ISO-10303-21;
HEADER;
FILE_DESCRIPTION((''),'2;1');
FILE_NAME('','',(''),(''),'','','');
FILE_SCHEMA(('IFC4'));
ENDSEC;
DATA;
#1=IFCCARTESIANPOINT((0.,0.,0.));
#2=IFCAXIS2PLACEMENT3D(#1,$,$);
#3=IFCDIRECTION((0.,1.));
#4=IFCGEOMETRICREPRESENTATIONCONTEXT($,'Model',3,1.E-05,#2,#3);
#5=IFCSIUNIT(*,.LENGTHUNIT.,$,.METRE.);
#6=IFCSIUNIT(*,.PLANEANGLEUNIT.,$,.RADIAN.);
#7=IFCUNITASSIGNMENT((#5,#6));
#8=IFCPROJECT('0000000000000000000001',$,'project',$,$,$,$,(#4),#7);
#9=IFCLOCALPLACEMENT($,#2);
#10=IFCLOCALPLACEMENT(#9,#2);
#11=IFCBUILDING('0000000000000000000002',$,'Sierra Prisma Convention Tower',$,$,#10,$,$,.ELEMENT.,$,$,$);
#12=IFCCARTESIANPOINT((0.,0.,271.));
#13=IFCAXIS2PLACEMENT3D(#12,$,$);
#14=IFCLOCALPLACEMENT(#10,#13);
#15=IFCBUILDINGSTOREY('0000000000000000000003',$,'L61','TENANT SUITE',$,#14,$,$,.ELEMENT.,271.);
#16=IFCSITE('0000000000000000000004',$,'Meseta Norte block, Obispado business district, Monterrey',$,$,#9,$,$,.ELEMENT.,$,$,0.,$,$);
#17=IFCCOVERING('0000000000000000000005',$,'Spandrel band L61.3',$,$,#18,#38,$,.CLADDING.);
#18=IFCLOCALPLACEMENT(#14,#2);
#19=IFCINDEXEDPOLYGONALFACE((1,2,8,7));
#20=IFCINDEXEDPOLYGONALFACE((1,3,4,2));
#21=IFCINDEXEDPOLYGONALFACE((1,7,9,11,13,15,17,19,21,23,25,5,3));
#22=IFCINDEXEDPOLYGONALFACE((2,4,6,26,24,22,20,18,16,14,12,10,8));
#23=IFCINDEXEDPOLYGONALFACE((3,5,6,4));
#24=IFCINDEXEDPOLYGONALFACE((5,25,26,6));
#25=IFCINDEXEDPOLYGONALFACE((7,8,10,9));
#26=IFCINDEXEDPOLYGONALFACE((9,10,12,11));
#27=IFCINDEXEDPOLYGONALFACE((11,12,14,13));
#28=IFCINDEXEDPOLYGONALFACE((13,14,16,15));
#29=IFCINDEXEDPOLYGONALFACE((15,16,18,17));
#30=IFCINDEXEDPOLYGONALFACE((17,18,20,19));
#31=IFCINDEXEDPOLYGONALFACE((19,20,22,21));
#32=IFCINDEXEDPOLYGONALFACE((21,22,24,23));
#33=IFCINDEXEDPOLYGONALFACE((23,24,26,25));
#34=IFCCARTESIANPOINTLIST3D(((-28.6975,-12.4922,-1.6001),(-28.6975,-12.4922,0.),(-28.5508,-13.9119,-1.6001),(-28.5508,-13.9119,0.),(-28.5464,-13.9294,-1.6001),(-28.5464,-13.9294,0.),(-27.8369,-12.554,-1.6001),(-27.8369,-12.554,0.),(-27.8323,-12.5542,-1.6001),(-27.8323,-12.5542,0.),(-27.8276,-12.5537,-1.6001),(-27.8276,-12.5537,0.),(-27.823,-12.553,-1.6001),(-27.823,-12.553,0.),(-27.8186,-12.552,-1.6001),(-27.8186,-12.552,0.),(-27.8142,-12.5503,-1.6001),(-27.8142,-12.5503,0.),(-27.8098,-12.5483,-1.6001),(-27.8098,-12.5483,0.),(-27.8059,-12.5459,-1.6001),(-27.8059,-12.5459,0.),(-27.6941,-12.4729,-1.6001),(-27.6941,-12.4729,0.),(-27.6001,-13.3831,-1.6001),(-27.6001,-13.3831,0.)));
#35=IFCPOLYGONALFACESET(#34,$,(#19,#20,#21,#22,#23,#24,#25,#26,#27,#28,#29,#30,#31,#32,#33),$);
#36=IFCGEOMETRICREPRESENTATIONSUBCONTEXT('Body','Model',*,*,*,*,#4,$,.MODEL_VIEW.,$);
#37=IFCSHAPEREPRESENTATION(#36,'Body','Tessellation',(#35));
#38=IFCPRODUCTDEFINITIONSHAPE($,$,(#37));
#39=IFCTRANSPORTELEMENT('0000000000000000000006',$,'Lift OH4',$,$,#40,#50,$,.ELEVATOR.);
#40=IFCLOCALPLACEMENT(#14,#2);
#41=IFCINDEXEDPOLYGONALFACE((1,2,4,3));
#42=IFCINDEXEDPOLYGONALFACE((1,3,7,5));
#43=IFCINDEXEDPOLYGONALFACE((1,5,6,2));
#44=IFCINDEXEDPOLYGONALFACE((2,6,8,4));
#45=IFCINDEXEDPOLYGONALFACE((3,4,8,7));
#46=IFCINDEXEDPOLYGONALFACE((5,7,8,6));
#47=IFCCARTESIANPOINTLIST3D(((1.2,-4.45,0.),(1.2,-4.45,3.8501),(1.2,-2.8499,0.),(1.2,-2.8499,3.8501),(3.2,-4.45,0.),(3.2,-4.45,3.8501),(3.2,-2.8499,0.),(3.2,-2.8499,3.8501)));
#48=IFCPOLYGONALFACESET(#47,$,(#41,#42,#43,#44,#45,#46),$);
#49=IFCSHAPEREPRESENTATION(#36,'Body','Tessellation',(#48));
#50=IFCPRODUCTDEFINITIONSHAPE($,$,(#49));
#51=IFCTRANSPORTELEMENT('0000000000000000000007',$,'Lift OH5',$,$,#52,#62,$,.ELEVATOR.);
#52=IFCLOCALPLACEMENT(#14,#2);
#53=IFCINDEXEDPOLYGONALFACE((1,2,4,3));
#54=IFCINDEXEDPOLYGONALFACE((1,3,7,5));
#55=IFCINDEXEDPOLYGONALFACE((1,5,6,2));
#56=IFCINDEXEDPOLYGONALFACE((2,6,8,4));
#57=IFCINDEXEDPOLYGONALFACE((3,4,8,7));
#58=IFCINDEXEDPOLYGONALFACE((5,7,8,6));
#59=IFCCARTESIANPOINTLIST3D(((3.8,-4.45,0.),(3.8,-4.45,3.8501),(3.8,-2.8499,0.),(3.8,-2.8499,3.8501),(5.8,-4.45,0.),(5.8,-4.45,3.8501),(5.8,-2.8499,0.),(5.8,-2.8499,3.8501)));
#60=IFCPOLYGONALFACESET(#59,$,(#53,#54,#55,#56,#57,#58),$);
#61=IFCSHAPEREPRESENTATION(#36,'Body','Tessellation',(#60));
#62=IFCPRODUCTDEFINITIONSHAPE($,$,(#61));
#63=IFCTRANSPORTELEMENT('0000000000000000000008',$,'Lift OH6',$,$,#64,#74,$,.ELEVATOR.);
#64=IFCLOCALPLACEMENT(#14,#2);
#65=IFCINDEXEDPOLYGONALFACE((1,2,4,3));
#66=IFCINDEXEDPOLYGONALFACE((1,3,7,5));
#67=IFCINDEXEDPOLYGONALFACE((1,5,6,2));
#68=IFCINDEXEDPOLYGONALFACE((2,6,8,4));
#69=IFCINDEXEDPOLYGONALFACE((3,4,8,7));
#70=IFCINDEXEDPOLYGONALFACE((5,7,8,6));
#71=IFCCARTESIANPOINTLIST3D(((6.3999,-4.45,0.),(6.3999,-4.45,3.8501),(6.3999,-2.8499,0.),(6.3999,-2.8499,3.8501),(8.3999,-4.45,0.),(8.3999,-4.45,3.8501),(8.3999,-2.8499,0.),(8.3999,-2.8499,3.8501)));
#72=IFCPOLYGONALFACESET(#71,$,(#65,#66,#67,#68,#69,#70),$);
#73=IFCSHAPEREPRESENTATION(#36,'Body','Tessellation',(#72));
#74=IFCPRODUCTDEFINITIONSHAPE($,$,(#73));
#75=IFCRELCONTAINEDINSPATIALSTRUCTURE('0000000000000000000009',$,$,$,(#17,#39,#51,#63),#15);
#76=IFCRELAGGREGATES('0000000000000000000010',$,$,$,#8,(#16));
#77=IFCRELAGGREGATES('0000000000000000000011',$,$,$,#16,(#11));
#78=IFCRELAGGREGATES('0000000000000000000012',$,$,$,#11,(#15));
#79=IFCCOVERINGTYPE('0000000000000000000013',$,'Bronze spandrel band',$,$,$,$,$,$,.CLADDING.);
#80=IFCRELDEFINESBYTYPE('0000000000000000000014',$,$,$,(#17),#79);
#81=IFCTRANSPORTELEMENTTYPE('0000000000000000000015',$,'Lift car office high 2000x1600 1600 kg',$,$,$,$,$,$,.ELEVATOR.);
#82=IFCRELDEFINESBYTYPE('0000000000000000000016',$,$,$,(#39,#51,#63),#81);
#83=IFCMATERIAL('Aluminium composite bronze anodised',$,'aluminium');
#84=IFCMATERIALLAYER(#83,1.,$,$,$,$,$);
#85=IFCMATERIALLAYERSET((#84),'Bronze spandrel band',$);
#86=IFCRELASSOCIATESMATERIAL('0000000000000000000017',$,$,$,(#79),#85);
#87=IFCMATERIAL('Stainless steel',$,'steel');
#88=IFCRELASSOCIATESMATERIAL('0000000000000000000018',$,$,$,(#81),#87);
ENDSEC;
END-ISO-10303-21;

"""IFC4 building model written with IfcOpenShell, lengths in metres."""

from ifc_helpers import new_model, si_unit, direction, frame, origin, origin_2d, place, context, subcontext, project, spatial, polyline, rectangle, outline, extrude, material, layer, layer_set, type_object, element, save


model = new_model("IFC4")

# Units and contexts
model_context = context("Model", 3, precision=1e-05, world=origin(), true_north=direction((0.0, 1.0)))
body_context = subcontext(model_context, "Body", "Model", "MODEL_VIEW")
ifc_project = project(units=[si_unit("LENGTHUNIT", "METRE"), si_unit("PLANEANGLEUNIT", "RADIAN")], contexts=[model_context])

# Site, building, storey
site_placement = place(None, origin())
site = spatial("IfcSite", under=ifc_project, at=site_placement, Name="Meseta Norte block, Obispado business district, Monterrey", CompositionType="ELEMENT", RefElevation=0.0)
building_placement = place(site_placement, origin())
building = spatial("IfcBuilding", under=site, at=building_placement, Name="Sierra Prisma Convention Tower", CompositionType="ELEMENT")
storey_placement = place(building_placement, frame((0.0, 0.0, 271.0)))
storey = spatial("IfcBuildingStorey", under=building, at=storey_placement, Name="L61", Description="TENANT SUITE", CompositionType="ELEMENT", Elevation=271.0)

# Covering
ifc_material_1 = material(Name="Aluminium composite bronze anodised", Category="aluminium")
ifc_layer_1 = layer(ifc_material_1, 1.0)
ifc_layer_set_1 = layer_set([ifc_layer_1], Name="Bronze spandrel band")
covering_type = type_object("IfcCoveringType", Name="Bronze spandrel band", PredefinedType="CLADDING", material=ifc_layer_set_1)
covering_1_placement = place(storey_placement, frame((0.0, 0.0, -1.6001)))
element("IfcCovering", 1, at=covering_1_placement, inside=storey, type_object=covering_type, Name="Spandrel band L61.3", PredefinedType="CLADDING", context=body_context, shape_type="SweptSolid", body=[
    extrude(outline(polyline([(-28.6975, -12.4922), (-27.8369, -12.554), (-27.8323, -12.5542), (-27.8276, -12.5537), (-27.823, -12.553), (-27.8186, -12.552), (-27.8142, -12.5503), (-27.8098, -12.5483), (-27.8059, -12.5459), (-27.6941, -12.4729), (-27.6001, -13.3831), (-28.5464, -13.9294), (-28.5508, -13.9119), (-28.6975, -12.4922)])), origin(), (0.0, 0.0, 1.0), 1.6001),
])

# Transport elements
ifc_material_2 = material(Name="Stainless steel", Category="steel")
transport_element_type = type_object("IfcTransportElementType", Name="Lift car office high 2000x1600 1600 kg", PredefinedType="ELEVATOR", material=ifc_material_2)
for number, where, z_axis, x_axis, name in (
    (2, (2.2, -3.6499, 0.0), (0.0, 0.0, 1.0), (1.0, 0.0, 0.0), "Lift OH4"),
    (3, (4.8, -3.6499, 0.0), (0.0, 0.0, 1.0), (1.0, 0.0, 0.0), "Lift OH5"),
    (4, (7.3999, -3.6499, 0.0), (0.0, 0.0, 1.0), (1.0, 0.0, 0.0), "Lift OH6"),
):
    element("IfcTransportElement", number, at=place(storey_placement, frame(where, z_axis=z_axis, x_axis=x_axis)), inside=storey, type_object=transport_element_type, Name=name, PredefinedType="ELEVATOR", context=body_context, shape_type="SweptSolid", body=[
        extrude(rectangle(XDim=2.0, YDim=1.6001, at=origin_2d()), origin(), (0.0, 0.0, 1.0), 3.8501),
    ])

save(model, "model.ifc")
